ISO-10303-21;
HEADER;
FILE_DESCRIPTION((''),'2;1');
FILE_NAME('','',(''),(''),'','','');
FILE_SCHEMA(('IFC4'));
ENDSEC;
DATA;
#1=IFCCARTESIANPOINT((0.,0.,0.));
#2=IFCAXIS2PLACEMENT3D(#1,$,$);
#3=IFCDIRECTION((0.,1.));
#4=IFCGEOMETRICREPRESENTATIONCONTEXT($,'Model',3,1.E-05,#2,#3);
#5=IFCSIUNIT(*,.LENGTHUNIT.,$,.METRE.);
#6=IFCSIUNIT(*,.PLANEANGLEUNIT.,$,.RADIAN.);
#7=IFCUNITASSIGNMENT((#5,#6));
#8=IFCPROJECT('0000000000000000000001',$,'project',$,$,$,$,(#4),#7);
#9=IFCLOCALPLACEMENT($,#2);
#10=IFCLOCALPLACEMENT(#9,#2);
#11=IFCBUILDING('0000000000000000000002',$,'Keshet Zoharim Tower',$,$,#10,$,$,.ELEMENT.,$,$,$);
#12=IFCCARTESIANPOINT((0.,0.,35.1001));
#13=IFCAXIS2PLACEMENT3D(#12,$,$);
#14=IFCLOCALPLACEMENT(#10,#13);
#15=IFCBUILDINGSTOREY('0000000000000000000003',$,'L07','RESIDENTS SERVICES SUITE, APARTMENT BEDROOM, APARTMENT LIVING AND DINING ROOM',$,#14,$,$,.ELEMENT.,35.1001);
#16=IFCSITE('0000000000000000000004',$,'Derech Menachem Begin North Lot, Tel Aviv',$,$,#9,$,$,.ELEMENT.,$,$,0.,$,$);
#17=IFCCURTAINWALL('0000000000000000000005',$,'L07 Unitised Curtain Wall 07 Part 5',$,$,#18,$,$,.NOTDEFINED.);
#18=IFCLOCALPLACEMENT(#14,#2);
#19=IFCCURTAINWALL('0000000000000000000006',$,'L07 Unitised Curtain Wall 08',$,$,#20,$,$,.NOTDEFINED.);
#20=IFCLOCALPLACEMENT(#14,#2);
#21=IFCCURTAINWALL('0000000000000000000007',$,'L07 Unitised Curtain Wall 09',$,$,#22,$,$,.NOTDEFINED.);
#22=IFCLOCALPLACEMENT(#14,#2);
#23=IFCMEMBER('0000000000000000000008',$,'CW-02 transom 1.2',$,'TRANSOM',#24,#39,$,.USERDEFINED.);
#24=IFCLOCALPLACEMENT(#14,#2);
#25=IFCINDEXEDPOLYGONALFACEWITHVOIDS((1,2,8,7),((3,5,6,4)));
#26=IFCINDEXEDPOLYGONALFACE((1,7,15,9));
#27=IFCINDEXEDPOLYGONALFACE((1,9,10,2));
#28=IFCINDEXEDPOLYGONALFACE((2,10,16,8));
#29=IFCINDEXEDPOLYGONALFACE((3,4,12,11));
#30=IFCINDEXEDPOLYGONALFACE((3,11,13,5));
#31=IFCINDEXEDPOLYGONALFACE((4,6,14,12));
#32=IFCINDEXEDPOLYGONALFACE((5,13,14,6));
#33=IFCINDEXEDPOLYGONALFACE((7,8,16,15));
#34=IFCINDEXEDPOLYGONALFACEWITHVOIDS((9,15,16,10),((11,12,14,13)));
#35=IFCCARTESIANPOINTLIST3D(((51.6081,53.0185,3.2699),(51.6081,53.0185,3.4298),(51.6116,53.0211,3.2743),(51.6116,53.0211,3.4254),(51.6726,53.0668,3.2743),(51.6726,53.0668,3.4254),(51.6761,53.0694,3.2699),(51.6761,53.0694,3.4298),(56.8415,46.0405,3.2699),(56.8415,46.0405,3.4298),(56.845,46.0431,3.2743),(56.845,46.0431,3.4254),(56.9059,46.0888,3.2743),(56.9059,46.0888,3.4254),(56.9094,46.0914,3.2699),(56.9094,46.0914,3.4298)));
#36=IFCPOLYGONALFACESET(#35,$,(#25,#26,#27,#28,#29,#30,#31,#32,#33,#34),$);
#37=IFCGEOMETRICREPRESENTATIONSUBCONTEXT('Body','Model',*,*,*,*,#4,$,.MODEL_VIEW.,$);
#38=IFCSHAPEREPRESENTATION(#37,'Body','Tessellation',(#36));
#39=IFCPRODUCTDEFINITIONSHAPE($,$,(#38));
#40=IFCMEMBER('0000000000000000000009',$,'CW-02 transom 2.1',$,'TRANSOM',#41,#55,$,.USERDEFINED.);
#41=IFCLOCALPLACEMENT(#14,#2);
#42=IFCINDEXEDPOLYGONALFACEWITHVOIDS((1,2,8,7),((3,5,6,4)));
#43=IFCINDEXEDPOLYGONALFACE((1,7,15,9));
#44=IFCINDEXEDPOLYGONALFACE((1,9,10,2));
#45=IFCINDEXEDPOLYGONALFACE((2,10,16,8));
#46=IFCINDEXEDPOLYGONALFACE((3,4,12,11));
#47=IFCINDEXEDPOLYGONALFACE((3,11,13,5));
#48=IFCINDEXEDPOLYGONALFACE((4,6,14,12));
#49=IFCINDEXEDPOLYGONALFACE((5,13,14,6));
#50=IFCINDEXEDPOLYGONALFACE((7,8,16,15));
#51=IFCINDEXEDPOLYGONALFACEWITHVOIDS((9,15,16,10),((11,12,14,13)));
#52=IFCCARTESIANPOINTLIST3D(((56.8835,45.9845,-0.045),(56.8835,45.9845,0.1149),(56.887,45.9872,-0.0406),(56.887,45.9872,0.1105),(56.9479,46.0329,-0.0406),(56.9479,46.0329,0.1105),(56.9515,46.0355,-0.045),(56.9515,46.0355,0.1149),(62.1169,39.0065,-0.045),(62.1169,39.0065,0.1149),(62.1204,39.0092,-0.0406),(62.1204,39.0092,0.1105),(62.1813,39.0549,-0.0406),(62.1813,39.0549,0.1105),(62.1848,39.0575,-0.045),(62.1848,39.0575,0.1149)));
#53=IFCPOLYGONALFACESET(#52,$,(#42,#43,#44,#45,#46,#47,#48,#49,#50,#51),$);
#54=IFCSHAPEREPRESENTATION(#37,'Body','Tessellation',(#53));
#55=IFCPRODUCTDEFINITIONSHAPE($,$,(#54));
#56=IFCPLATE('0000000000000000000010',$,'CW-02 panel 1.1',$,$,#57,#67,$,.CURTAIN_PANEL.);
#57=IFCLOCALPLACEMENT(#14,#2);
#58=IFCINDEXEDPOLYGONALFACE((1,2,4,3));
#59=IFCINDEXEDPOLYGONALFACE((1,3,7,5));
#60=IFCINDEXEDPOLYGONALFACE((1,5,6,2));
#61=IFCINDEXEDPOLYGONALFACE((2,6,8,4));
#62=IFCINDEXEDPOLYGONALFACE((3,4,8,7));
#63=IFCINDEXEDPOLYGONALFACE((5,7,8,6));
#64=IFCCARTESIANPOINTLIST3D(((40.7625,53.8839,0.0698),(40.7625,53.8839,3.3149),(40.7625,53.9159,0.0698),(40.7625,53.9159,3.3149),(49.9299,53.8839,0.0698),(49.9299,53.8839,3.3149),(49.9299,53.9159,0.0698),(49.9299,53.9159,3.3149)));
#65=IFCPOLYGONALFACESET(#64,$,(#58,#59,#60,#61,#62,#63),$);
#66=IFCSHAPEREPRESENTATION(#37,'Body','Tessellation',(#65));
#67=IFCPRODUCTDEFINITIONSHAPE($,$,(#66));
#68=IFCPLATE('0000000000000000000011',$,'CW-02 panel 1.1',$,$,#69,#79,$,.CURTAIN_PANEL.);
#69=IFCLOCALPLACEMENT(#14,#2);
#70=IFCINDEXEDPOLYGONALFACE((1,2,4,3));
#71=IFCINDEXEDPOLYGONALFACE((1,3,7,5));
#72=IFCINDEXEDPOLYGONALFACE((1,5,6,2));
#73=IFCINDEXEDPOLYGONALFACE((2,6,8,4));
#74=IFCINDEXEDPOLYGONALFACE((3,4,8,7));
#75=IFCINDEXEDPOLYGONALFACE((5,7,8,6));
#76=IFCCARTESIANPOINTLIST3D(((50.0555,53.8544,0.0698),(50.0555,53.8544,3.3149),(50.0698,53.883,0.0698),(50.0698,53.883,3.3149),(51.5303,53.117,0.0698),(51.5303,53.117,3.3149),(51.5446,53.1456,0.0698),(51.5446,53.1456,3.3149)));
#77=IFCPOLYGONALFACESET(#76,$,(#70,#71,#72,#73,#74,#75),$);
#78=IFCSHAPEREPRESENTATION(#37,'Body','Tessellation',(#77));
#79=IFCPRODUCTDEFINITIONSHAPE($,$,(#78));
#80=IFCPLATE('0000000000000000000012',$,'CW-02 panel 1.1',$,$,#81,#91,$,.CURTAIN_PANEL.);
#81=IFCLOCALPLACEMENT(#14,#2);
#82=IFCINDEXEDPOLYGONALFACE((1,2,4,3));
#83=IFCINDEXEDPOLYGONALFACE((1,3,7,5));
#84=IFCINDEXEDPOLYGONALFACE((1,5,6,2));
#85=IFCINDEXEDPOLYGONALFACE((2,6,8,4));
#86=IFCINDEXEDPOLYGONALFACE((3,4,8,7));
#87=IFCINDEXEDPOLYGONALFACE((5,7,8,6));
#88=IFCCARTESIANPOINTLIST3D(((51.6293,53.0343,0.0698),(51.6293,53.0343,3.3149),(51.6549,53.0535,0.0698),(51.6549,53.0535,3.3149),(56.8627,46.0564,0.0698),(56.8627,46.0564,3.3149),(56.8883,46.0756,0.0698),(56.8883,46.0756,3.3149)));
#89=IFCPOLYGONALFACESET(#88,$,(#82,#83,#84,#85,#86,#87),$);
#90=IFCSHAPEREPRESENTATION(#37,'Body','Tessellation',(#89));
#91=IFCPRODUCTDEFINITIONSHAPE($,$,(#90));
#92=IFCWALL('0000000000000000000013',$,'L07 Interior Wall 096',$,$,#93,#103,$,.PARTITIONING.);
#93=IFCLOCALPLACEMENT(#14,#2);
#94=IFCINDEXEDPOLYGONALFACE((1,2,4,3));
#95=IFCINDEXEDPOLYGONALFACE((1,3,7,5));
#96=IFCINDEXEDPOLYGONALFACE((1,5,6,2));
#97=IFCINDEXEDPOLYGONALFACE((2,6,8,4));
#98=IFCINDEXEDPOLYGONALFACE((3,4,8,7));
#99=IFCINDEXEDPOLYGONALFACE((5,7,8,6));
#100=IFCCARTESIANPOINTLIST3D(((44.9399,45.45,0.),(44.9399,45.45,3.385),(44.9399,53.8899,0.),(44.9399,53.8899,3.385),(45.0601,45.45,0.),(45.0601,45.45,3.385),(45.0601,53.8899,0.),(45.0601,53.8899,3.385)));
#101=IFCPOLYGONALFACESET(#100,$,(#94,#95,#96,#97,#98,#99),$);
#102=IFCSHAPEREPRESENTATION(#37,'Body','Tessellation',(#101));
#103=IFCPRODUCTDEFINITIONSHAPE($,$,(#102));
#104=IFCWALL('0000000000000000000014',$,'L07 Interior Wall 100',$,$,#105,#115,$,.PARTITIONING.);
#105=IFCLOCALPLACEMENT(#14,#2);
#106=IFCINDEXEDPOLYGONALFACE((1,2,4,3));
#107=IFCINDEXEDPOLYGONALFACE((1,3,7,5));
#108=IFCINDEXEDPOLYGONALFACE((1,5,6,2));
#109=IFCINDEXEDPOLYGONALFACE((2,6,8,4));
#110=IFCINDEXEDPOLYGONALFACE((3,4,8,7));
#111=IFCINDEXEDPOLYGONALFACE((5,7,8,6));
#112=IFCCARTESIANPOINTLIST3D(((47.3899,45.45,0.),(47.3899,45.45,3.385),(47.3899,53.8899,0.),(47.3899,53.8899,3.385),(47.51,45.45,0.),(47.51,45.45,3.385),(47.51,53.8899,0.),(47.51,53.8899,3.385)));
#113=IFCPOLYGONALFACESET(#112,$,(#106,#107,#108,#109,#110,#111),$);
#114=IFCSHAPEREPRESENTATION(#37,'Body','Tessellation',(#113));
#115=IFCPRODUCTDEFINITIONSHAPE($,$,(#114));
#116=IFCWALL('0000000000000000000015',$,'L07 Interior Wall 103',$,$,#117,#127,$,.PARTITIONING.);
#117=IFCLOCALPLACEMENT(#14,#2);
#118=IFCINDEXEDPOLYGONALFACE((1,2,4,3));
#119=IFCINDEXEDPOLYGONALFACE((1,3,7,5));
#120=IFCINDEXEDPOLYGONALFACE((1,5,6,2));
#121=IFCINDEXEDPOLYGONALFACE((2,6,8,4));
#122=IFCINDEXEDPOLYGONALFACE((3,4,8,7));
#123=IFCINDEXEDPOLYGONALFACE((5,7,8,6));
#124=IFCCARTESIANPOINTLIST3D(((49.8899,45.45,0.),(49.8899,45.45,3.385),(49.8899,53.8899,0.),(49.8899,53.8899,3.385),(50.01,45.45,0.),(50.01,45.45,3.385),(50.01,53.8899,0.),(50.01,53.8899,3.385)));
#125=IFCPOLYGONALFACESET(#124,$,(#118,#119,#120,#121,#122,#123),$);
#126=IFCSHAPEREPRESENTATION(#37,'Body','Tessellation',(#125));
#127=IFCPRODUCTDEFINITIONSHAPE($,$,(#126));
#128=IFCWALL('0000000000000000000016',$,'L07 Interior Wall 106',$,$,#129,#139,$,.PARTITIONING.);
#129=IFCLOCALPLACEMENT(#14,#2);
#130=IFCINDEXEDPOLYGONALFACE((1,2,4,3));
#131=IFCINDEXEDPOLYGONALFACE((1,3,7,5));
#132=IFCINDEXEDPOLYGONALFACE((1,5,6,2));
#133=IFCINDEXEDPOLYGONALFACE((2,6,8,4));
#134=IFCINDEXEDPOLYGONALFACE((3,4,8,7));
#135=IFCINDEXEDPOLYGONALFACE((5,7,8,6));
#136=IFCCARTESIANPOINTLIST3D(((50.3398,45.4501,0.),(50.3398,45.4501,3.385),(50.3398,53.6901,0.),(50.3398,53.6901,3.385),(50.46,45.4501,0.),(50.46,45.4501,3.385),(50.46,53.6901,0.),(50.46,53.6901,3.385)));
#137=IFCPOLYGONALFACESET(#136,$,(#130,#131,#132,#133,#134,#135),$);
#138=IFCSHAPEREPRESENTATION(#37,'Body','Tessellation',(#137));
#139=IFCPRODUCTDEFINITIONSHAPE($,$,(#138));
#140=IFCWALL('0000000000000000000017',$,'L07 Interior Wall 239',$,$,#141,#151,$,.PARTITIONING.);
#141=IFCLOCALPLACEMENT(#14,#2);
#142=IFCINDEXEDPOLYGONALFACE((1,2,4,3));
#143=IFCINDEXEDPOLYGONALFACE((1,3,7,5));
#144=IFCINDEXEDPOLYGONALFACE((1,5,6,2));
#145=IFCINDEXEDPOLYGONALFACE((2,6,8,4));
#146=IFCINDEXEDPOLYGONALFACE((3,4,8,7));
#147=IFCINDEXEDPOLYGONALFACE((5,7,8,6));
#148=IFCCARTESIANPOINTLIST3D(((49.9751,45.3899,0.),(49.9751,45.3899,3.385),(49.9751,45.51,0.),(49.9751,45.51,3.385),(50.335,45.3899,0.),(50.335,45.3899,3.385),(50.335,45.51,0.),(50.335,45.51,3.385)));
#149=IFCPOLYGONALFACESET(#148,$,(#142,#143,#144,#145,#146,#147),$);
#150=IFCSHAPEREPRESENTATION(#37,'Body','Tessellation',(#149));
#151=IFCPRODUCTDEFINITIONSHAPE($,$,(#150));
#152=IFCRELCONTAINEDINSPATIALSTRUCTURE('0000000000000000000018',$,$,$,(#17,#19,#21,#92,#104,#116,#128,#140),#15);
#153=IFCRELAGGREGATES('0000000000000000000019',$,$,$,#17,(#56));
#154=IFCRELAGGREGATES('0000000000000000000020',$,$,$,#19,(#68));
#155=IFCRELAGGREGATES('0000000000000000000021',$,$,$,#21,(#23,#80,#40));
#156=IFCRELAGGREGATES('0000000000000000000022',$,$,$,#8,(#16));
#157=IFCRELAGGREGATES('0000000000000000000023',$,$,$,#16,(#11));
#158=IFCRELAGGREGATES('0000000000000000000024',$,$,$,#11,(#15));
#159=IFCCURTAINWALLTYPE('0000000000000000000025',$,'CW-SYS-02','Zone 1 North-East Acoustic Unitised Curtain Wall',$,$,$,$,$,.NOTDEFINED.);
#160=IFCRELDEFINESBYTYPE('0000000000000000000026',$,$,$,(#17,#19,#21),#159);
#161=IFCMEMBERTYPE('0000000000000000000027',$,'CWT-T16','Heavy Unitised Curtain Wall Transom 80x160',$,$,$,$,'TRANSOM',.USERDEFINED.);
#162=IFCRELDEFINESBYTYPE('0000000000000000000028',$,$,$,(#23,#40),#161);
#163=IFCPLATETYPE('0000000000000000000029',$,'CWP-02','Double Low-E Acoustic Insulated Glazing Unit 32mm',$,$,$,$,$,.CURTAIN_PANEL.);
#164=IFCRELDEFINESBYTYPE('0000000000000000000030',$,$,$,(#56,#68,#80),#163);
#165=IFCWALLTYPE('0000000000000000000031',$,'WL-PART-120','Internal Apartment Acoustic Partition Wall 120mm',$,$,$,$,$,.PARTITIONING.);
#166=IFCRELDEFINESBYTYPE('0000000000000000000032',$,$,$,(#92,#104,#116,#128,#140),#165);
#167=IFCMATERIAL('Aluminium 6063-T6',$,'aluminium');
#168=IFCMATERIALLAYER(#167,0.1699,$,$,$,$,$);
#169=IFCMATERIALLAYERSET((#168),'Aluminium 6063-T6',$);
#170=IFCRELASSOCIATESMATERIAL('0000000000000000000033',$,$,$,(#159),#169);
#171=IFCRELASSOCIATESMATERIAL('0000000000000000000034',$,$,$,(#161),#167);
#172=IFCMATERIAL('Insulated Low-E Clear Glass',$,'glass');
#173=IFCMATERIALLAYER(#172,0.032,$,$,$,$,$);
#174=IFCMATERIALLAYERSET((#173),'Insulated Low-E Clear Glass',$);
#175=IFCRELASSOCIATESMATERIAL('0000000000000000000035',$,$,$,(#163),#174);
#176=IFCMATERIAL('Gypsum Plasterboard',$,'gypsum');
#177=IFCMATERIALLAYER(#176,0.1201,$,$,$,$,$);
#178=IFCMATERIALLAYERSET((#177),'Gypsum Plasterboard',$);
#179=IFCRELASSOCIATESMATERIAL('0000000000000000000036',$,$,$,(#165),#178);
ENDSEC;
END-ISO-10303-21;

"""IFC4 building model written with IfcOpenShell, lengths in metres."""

from ifc_helpers import new_model, si_unit, direction, frame, frame_2d, origin, origin_2d, place, context, subcontext, project, spatial, rectangle, hollow_rectangle, extrude, material, layer, layer_set, material_profile, profile_set, type_object, element, aggregate, save


model = new_model("IFC4")

# Units and contexts
model_context = context("Model", 3, precision=1e-05, world=origin(), true_north=direction((0.0, 1.0)))
body_context = subcontext(model_context, "Body", "Model", "MODEL_VIEW")
ifc_project = project(units=[si_unit("LENGTHUNIT", "METRE"), si_unit("PLANEANGLEUNIT", "RADIAN")], contexts=[model_context])

# Site, building, storey
site_placement = place(None, origin())
site = spatial("IfcSite", under=ifc_project, at=site_placement, Name="Derech Menachem Begin North Lot, Tel Aviv", CompositionType="ELEMENT", RefElevation=0.0)
building_placement = place(site_placement, origin())
building = spatial("IfcBuilding", under=site, at=building_placement, Name="Keshet Zoharim Tower", CompositionType="ELEMENT")
storey_placement = place(building_placement, frame((0.0, 0.0, 35.1001)))
storey = spatial("IfcBuildingStorey", under=building, at=storey_placement, Name="L07", Description="RESIDENTS SERVICES SUITE, APARTMENT BEDROOM, APARTMENT LIVING AND DINING ROOM", CompositionType="ELEMENT", Elevation=35.1001)

# Curtain wall
ifc_material_1 = material(Name="Aluminium 6063-T6", Category="aluminium")
ifc_layer_1 = layer(ifc_material_1, 0.1699)
ifc_layer_set_1 = layer_set([ifc_layer_1], Name="Aluminium 6063-T6")
curtain_wall_type = type_object("IfcCurtainWallType", Name="CW-SYS-02", Description="Zone 1 North-East Acoustic Unitised Curtain Wall", PredefinedType="NOTDEFINED", material=ifc_layer_set_1)
curtain_wall_1_placement = place(storey_placement, origin())
curtain_wall_1 = element("IfcCurtainWall", 1, at=curtain_wall_1_placement, inside=storey, type_object=curtain_wall_type, Name="L07 Unitised Curtain Wall 07 Part 5", PredefinedType="NOTDEFINED")

# Curtain walls
curtain_wall_2_placement = place(storey_placement, origin())
curtain_wall_2 = element("IfcCurtainWall", 2, at=curtain_wall_2_placement, inside=storey, type_object=curtain_wall_type, Name="L07 Unitised Curtain Wall 08", PredefinedType="NOTDEFINED")
curtain_wall_3_placement = place(storey_placement, origin())
curtain_wall_3 = element("IfcCurtainWall", 3, at=curtain_wall_3_placement, inside=storey, type_object=curtain_wall_type, Name="L07 Unitised Curtain Wall 09", PredefinedType="NOTDEFINED")

# Members
ifc_material_profile_1 = material_profile(ifc_material_1, hollow_rectangle(XDim=0.085, YDim=0.1599, WallThickness=0.0044, at=origin_2d()), Name="TRN-85x160")
ifc_profile_set_1 = profile_set([ifc_material_profile_1], Name="Aluminium 6063-T6")
member_type_1 = type_object("IfcMemberType", Name="CWT-T16", Description="Heavy Unitised Curtain Wall Transom 80x160", ElementType="TRANSOM", PredefinedType="USERDEFINED", material=ifc_profile_set_1)
member_1_placement = place(storey_placement, frame((51.6421, 53.0439, 3.3499), z_axis=(0.599991, -0.800007, 0.0), x_axis=(0.800007, 0.599991, 0.0)))
member_1 = element("IfcMember", 4, at=member_1_placement, type_object=member_type_1, Name="CW-02 transom 1.2", ObjectType="TRANSOM", PredefinedType="USERDEFINED", context=body_context, shape_type="SweptSolid", body=[
    extrude(hollow_rectangle(XDim=0.085, YDim=0.1599, WallThickness=0.0044, at=origin_2d()), origin(), (0.0, 0.0, 1.0), 8.7224),
])
member_2_placement = place(storey_placement, frame((56.9175, 46.01, 0.0349), z_axis=(0.599991, -0.800007, 0.0), x_axis=(0.800007, 0.599991, 0.0)))
member_2 = element("IfcMember", 5, at=member_2_placement, type_object=member_type_1, Name="CW-02 transom 2.1", ObjectType="TRANSOM", PredefinedType="USERDEFINED", context=body_context, shape_type="SweptSolid", body=[
    extrude(hollow_rectangle(XDim=0.085, YDim=0.1599, WallThickness=0.0044, at=origin_2d()), origin(), (0.0, 0.0, 1.0), 8.7224),
])

# Plates
ifc_material_2 = material(Name="Insulated Low-E Clear Glass", Category="glass")
ifc_layer_2 = layer(ifc_material_2, 0.032)
ifc_layer_set_2 = layer_set([ifc_layer_2], Name="Insulated Low-E Clear Glass")
plate_type = type_object("IfcPlateType", Name="CWP-02", Description="Double Low-E Acoustic Insulated Glazing Unit 32mm", PredefinedType="CURTAIN_PANEL", material=ifc_layer_set_2)
plate_1_placement = place(storey_placement, frame((45.3462, 53.8999, 0.0698), z_axis=(0.0, 0.0, 1.0), x_axis=(1.0, 0.0, 0.0)))
plate_1 = element("IfcPlate", 6, at=plate_1_placement, type_object=plate_type, Name="CW-02 panel 1.1", PredefinedType="CURTAIN_PANEL", context=body_context, shape_type="SweptSolid", body=[
    extrude(rectangle(XDim=9.1675, YDim=0.032, at=origin_2d()), origin(), (0.0, 0.0, 1.0), 3.2451),
])
aggregate(curtain_wall_1, [plate_1])
plate_2_placement = place(storey_placement, frame((50.8, 53.5, 0.0698), z_axis=(0.0, 0.0, 1.0), x_axis=(0.894427, -0.447214, 0.0)))
plate_2 = element("IfcPlate", 7, at=plate_2_placement, type_object=plate_type, Name="CW-02 panel 1.1", PredefinedType="CURTAIN_PANEL", context=body_context, shape_type="SweptSolid", body=[
    extrude(rectangle(XDim=1.6489, YDim=0.032, at=origin_2d()), origin(), (0.0, 0.0, 1.0), 3.2451),
])
aggregate(curtain_wall_2, [plate_2])
plate_3_placement = place(storey_placement, frame((54.2588, 49.5549, 0.0698), z_axis=(0.0, 0.0, 1.0), x_axis=(0.6, -0.8, 0.0)))
plate_3 = element("IfcPlate", 8, at=plate_3_placement, type_object=plate_type, Name="CW-02 panel 1.1", PredefinedType="CURTAIN_PANEL", context=body_context, shape_type="SweptSolid", body=[
    extrude(rectangle(XDim=8.7224, YDim=0.032, at=origin_2d()), origin(), (0.0, 0.0, 1.0), 3.2451),
])
aggregate(curtain_wall_3, [member_1, plate_3, member_2])

# Walls
ifc_material_3 = material(Name="Gypsum Plasterboard", Category="gypsum")
ifc_layer_3 = layer(ifc_material_3, 0.1201)
ifc_layer_set_3 = layer_set([ifc_layer_3], Name="Gypsum Plasterboard")
wall_type = type_object("IfcWallType", Name="WL-PART-120", Description="Internal Apartment Acoustic Partition Wall 120mm", PredefinedType="PARTITIONING", material=ifc_layer_set_3)
for number, where, z_axis, x_axis, name in (
    (9, (45.0, 45.45, 0.0), (0.0, 0.0, 1.0), (0.0, 1.0, 0.0), "L07 Interior Wall 096"),
    (10, (47.45, 45.45, 0.0), (0.0, 0.0, 1.0), (0.0, 1.0, 0.0), "L07 Interior Wall 100"),
    (11, (49.95, 45.45, 0.0), (0.0, 0.0, 1.0), (0.0, 1.0, 0.0), "L07 Interior Wall 103"),
):
    element("IfcWall", number, at=place(storey_placement, frame(where, z_axis=z_axis, x_axis=x_axis)), inside=storey, type_object=wall_type, Name=name, PredefinedType="PARTITIONING", context=body_context, shape_type="SweptSolid", body=[
        extrude(rectangle(XDim=8.4399, YDim=0.1201, at=frame_2d((4.22, 0.0))), origin(), (0.0, 0.0, 1.0), 3.385),
    ])
wall_1_placement = place(storey_placement, frame((50.3999, 45.45, 0.0), z_axis=(0.0, 0.0, 1.0), x_axis=(0.0, 1.0, 0.0)))
element("IfcWall", 12, at=wall_1_placement, inside=storey, type_object=wall_type, Name="L07 Interior Wall 106", PredefinedType="PARTITIONING", context=body_context, shape_type="SweptSolid", body=[
    extrude(rectangle(XDim=8.24, YDim=0.1201, at=frame_2d((4.1201, 0.0))), origin(), (0.0, 0.0, 1.0), 3.385),
])
wall_2_placement = place(storey_placement, frame((49.9751, 45.45, 0.0), z_axis=(0.0, 0.0, 1.0), x_axis=(1.0, 0.0, 0.0)))
element("IfcWall", 13, at=wall_2_placement, inside=storey, type_object=wall_type, Name="L07 Interior Wall 239", PredefinedType="PARTITIONING", context=body_context, shape_type="SweptSolid", body=[
    extrude(rectangle(XDim=0.3599, YDim=0.1201, at=frame_2d((0.1799, 0.0))), origin(), (0.0, 0.0, 1.0), 3.385),
])

save(model, "model.ifc")
